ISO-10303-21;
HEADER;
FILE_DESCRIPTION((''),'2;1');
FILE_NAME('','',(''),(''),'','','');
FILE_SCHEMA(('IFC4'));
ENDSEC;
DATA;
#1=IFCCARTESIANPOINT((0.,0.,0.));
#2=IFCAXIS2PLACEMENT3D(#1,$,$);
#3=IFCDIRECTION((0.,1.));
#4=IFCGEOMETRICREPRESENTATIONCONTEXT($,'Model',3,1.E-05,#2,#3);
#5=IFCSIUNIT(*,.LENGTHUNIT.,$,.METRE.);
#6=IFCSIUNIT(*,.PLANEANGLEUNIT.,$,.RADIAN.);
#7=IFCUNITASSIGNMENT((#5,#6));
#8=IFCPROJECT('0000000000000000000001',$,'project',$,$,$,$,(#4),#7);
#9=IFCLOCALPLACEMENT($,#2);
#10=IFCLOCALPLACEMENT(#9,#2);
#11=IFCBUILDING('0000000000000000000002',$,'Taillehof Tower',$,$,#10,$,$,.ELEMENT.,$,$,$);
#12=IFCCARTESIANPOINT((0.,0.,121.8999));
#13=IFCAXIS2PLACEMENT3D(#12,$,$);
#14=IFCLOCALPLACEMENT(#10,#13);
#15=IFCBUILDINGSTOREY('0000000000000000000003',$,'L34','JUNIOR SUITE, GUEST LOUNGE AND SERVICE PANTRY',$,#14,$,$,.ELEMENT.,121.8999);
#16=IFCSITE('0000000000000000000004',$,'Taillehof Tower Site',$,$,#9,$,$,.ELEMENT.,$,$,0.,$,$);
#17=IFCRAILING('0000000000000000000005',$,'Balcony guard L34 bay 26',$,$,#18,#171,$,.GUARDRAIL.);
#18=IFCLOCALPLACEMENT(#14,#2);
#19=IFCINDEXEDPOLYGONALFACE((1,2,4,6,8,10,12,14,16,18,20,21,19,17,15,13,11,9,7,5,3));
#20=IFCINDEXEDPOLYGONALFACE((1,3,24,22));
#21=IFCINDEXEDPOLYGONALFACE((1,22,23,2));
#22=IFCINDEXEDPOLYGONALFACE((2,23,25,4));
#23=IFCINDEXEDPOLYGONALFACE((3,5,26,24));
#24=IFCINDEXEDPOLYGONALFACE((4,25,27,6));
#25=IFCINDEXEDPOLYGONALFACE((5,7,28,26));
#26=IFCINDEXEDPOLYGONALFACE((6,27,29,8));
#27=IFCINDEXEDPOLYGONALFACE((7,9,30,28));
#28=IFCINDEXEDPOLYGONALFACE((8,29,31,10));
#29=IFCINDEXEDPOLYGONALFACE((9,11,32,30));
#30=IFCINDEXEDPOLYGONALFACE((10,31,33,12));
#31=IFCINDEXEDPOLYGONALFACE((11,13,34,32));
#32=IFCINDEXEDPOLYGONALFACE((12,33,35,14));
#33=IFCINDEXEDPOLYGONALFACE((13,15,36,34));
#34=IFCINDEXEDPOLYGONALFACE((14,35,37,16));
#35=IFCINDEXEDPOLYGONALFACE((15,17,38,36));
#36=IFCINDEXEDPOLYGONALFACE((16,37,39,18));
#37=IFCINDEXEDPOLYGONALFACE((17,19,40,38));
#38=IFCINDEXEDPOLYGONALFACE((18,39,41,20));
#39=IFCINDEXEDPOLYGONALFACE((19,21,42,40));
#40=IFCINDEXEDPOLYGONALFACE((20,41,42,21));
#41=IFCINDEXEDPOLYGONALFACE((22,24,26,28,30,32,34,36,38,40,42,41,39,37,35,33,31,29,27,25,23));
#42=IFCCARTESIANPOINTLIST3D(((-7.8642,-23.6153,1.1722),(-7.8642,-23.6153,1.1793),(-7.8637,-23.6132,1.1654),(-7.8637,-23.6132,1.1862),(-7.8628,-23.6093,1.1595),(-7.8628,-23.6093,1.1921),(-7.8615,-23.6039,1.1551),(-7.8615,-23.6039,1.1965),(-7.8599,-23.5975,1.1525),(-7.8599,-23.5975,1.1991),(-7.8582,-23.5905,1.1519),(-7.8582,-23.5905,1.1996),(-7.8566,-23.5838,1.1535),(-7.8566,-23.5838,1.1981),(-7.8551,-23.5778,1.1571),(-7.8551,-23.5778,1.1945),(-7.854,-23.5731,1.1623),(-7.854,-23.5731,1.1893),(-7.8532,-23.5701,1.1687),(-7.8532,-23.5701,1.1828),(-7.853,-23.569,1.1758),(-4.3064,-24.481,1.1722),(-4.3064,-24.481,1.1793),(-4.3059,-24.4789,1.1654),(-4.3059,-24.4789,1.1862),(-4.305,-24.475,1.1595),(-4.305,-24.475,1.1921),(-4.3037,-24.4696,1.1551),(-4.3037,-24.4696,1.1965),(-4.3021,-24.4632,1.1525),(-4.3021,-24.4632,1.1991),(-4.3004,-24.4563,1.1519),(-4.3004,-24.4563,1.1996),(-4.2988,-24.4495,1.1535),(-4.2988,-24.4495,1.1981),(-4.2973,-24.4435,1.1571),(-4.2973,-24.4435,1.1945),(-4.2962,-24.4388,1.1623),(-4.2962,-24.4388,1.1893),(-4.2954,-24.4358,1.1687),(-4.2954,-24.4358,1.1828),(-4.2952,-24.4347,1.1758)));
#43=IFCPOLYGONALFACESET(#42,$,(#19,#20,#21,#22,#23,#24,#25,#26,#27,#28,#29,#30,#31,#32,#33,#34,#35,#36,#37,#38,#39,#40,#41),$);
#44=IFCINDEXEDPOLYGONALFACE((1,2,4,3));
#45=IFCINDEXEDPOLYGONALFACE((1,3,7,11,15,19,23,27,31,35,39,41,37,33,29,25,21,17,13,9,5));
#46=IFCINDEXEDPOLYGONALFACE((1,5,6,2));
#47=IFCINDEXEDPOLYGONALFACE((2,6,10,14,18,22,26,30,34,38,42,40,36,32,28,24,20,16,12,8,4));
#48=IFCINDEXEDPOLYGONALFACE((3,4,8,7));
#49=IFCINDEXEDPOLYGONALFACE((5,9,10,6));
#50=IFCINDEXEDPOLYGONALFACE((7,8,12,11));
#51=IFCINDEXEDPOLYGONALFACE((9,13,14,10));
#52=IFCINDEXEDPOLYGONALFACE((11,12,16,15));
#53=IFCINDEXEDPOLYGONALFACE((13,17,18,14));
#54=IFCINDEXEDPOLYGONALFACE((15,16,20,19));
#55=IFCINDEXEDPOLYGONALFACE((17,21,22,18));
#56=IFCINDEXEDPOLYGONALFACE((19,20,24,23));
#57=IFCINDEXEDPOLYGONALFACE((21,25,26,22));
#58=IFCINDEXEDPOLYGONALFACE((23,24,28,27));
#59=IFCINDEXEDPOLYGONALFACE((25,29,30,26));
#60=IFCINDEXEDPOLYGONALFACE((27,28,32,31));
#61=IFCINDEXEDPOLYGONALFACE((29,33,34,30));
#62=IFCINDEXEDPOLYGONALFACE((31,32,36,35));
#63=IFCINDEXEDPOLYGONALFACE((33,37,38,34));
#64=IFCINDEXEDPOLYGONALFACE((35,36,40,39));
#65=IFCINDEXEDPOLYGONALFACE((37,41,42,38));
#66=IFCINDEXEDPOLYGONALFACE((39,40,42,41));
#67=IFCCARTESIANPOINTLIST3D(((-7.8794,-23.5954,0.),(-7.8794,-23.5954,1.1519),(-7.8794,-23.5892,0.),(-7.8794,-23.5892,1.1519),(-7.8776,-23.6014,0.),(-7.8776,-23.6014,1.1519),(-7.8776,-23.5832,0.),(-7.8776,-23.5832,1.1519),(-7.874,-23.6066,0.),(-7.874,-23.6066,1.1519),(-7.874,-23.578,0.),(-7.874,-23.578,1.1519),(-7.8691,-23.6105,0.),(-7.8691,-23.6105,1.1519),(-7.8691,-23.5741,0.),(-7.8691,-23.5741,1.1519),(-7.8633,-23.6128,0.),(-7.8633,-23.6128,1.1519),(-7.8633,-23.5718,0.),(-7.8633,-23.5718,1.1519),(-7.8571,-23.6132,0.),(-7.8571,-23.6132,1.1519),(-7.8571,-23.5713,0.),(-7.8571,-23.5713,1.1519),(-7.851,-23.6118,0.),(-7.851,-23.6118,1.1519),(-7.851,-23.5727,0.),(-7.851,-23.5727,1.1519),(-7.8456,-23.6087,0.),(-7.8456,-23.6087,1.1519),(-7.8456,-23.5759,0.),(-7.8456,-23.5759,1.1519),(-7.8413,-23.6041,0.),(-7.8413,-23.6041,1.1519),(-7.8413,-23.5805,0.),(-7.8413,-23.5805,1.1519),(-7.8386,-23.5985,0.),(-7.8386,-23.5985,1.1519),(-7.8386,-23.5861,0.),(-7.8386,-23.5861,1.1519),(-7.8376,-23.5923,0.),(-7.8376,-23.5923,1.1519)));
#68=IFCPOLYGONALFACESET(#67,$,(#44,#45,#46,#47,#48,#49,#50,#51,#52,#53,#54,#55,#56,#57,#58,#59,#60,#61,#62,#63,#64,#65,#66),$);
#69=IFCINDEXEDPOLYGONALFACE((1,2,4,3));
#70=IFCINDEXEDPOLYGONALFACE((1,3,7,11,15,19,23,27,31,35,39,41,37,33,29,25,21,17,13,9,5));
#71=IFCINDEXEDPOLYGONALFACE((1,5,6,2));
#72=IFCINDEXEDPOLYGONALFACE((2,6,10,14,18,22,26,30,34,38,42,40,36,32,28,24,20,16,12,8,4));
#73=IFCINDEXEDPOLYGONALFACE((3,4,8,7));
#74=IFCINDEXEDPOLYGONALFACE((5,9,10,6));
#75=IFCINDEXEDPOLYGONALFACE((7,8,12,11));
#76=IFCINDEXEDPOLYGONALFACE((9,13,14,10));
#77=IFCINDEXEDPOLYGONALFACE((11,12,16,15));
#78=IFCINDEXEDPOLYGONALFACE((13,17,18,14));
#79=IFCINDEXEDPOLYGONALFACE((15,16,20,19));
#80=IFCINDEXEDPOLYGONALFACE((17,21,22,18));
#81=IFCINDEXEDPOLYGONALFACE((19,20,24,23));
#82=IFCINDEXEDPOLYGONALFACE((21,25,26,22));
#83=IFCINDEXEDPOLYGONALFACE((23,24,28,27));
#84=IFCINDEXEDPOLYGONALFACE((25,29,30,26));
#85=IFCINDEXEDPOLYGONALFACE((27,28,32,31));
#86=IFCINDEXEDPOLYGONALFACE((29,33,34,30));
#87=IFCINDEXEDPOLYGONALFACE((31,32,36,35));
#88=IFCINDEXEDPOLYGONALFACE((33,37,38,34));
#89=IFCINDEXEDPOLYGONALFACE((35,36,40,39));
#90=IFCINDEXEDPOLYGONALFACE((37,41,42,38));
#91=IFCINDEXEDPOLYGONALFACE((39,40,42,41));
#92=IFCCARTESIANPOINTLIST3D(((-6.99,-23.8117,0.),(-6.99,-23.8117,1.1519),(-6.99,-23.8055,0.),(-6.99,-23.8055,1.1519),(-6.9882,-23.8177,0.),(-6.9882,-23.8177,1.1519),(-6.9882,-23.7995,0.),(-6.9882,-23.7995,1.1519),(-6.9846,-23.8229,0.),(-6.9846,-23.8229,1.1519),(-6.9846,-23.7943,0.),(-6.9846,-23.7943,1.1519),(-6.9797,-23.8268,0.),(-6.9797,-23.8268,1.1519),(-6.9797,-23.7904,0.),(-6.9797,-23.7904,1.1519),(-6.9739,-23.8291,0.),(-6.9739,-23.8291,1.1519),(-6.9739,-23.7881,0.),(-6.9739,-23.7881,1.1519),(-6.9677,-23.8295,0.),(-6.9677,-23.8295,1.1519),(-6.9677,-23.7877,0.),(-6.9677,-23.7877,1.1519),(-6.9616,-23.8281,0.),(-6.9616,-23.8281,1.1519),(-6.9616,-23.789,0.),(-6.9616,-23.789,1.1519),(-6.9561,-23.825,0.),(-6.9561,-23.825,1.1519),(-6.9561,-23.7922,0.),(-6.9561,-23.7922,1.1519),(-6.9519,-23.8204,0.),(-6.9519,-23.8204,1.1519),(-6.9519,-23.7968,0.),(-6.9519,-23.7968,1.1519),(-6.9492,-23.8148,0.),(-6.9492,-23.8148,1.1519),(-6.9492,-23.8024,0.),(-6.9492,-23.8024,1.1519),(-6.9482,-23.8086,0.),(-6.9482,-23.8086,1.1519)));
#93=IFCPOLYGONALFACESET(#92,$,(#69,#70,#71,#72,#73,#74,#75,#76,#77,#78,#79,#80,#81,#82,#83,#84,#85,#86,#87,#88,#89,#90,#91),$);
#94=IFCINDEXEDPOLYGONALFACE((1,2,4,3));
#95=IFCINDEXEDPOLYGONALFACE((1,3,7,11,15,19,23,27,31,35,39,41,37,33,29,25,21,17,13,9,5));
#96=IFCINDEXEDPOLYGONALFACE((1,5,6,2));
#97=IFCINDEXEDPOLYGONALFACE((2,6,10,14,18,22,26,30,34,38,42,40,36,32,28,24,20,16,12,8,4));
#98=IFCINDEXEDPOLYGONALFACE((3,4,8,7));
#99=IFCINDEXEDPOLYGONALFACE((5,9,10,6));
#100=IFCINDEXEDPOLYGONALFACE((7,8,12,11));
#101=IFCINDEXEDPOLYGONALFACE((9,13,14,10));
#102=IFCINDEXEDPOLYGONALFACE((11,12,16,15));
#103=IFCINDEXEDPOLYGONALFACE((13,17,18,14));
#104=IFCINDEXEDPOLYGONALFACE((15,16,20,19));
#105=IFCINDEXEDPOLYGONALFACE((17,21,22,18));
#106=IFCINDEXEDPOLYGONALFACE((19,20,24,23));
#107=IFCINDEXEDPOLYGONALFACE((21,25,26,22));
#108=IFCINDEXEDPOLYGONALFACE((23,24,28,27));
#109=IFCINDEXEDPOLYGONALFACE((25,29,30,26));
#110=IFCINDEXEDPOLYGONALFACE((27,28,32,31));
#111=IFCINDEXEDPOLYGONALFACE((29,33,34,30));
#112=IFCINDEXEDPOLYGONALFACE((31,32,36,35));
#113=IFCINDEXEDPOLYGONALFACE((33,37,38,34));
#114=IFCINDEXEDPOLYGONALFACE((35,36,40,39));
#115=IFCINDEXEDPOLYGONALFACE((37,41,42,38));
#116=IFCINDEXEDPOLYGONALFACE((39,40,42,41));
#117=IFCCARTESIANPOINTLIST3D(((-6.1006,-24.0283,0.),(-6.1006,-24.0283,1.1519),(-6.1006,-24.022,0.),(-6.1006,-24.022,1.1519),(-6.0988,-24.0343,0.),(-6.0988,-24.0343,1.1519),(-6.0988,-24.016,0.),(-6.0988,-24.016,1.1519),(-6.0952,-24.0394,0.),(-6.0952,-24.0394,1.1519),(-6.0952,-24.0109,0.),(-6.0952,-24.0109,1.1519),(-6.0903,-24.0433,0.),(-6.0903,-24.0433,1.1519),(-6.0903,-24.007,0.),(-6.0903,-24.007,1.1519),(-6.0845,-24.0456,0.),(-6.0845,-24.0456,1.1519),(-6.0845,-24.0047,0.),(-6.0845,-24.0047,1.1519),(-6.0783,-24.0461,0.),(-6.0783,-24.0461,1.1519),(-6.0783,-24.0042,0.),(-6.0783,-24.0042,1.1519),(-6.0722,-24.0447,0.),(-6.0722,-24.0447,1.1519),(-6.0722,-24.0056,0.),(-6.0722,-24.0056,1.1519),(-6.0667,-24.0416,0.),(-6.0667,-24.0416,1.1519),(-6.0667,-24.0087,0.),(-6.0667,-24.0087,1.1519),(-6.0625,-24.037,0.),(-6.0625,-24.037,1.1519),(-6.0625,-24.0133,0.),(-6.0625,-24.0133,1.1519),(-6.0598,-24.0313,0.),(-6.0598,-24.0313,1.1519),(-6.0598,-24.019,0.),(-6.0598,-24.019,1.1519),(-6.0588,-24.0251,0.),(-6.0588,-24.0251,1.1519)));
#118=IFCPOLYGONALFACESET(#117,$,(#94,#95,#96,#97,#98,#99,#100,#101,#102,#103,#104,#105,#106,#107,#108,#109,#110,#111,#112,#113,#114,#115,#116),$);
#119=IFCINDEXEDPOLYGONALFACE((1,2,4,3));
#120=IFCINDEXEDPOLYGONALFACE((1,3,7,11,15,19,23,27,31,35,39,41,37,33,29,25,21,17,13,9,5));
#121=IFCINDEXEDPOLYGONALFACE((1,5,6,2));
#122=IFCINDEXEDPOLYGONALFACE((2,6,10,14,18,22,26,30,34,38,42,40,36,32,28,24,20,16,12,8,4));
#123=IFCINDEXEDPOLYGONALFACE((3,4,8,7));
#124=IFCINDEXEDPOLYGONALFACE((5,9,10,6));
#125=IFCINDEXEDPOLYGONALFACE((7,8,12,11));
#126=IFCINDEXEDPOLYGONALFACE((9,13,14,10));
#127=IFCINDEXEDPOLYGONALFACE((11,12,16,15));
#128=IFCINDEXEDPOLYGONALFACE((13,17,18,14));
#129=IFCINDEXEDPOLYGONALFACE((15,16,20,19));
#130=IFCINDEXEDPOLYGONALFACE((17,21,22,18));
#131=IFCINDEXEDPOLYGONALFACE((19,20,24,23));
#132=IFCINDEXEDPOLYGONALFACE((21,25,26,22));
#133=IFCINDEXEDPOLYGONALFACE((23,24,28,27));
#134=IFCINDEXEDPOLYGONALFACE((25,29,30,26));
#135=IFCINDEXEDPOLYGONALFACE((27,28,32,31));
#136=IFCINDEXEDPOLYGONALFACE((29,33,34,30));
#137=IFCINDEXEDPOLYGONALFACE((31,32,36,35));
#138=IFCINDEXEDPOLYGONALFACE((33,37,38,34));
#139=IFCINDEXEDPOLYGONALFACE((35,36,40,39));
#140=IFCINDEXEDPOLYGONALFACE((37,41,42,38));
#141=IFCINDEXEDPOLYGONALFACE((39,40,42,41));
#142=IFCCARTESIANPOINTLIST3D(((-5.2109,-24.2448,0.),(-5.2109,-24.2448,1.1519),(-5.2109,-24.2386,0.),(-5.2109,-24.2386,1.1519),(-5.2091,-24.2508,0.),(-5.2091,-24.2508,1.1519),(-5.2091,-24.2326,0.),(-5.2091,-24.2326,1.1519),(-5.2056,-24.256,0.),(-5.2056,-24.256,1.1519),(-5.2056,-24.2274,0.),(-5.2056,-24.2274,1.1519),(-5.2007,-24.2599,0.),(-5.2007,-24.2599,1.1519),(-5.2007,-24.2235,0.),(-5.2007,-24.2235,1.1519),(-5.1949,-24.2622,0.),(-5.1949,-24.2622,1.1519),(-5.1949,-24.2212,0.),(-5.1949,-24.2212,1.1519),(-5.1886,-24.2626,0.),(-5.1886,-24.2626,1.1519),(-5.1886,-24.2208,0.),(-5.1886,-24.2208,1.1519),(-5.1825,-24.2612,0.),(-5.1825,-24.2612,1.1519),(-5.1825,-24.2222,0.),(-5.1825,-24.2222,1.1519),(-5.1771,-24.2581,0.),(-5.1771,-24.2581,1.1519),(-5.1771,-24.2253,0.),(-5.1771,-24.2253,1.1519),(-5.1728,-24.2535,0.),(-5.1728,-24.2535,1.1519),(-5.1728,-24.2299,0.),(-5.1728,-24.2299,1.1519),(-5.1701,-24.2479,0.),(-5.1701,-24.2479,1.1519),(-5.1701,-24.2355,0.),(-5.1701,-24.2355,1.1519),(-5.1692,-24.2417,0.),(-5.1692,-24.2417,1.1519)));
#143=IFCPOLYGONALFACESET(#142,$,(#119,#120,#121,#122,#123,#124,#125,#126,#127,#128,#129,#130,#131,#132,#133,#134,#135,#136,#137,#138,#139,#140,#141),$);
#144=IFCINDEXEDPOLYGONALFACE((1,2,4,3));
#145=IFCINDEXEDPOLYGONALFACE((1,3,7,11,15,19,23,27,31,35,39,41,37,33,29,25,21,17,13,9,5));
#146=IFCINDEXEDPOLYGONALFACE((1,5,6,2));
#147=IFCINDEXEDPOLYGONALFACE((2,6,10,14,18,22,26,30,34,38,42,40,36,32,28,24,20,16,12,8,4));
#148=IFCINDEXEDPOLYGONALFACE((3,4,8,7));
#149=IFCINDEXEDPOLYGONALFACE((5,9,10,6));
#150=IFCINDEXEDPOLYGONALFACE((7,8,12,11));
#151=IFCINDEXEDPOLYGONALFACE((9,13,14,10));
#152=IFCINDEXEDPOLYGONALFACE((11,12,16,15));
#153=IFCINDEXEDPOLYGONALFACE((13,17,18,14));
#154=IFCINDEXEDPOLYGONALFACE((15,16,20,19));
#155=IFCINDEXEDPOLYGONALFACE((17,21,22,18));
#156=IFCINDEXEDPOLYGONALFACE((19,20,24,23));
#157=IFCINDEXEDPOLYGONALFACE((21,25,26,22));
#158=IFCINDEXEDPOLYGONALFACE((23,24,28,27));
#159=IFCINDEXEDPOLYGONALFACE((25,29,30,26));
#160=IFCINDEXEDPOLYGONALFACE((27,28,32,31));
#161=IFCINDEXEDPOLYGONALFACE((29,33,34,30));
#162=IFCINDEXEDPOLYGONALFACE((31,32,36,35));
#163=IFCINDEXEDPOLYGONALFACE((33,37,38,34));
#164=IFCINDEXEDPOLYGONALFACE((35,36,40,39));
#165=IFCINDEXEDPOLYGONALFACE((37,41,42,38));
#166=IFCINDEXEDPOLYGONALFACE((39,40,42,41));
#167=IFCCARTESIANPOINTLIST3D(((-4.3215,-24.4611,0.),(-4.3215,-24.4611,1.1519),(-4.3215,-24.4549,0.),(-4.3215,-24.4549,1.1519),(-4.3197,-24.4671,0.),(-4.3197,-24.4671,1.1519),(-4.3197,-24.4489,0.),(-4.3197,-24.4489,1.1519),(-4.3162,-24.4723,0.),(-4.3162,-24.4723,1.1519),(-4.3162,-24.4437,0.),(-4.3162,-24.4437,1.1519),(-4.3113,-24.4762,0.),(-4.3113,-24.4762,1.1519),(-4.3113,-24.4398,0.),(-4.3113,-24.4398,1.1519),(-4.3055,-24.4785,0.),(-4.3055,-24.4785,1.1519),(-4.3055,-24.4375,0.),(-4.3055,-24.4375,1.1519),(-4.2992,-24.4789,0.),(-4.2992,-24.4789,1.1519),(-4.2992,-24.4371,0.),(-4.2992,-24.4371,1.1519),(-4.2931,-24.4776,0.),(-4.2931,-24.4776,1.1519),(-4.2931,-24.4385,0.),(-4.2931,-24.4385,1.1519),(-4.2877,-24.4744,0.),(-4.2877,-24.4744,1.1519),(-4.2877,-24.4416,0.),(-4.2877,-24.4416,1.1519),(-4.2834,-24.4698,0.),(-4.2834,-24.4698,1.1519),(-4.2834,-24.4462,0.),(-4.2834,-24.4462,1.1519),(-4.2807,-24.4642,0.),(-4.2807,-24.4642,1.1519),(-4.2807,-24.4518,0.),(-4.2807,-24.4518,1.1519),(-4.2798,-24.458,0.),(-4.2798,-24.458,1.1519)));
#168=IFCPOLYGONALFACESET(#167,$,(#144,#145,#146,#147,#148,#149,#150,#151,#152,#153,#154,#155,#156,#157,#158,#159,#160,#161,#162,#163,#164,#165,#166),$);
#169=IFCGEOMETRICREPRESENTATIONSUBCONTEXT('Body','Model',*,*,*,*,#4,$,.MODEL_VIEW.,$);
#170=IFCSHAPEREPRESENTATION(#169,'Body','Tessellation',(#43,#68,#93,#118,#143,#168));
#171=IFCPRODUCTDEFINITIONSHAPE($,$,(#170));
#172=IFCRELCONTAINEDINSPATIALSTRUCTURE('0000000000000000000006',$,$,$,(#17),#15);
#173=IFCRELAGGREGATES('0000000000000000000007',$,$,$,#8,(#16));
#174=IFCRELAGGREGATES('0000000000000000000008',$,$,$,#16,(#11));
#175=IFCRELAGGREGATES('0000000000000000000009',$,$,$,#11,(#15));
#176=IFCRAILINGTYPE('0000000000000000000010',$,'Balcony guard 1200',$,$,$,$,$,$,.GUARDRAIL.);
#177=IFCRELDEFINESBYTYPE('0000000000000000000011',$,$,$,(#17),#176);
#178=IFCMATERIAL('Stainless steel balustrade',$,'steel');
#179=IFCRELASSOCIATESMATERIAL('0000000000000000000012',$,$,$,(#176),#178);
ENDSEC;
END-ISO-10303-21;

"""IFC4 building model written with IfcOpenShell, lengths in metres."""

from ifc_helpers import new_model, si_unit, direction, frame, origin, origin_2d, place, context, subcontext, project, spatial, circle, extrude, material, type_object, element, save


model = new_model("IFC4")

# Units and contexts
model_context = context("Model", 3, precision=1e-05, world=origin(), true_north=direction((0.0, 1.0)))
body_context = subcontext(model_context, "Body", "Model", "MODEL_VIEW")
ifc_project = project(units=[si_unit("LENGTHUNIT", "METRE"), si_unit("PLANEANGLEUNIT", "RADIAN")], contexts=[model_context])

# Site, building, storey
site_placement = place(None, origin())
site = spatial("IfcSite", under=ifc_project, at=site_placement, Name="Taillehof Tower Site", CompositionType="ELEMENT", RefElevation=0.0)
building_placement = place(site_placement, origin())
building = spatial("IfcBuilding", under=site, at=building_placement, Name="Taillehof Tower", CompositionType="ELEMENT")
storey_placement = place(building_placement, frame((0.0, 0.0, 121.8999)))
storey = spatial("IfcBuildingStorey", under=building, at=storey_placement, Name="L34", Description="JUNIOR SUITE, GUEST LOUNGE AND SERVICE PANTRY", CompositionType="ELEMENT", Elevation=121.8999)

# Railing
ifc_material_1 = material(Name="Stainless steel balustrade", Category="steel")
railing_type = type_object("IfcRailingType", Name="Balcony guard 1200", PredefinedType="GUARDRAIL", material=ifc_material_1)
railing_1_placement = place(storey_placement, frame((-7.8586, -23.5923, 0.0)))
element("IfcRailing", 1, at=railing_1_placement, inside=storey, type_object=railing_type, Name="Balcony guard L34 bay 26", PredefinedType="GUARDRAIL", context=body_context, shape_type="SweptSolid", body=[
    extrude(circle(Radius=0.0239, at=origin_2d()), frame((0.0, 0.0, 1.1758), z_axis=(0.971649, -0.236428, 0.0), x_axis=(0.236428, 0.971649, 0.0)), (0.0, 0.0, 1.0), 3.6616),
    extrude(circle(Radius=0.021, at=origin_2d()), origin(), (0.0, 0.0, 1.0), 1.1519),
    extrude(circle(Radius=0.021, at=origin_2d()), frame((0.8894, -0.2163, 0.0)), (0.0, 0.0, 1.0), 1.1519),
    extrude(circle(Radius=0.021, at=origin_2d()), frame((1.7788, -0.4329, 0.0)), (0.0, 0.0, 1.0), 1.1519),
    extrude(circle(Radius=0.021, at=origin_2d()), frame((2.6685, -0.6494, 0.0)), (0.0, 0.0, 1.0), 1.1519),
    extrude(circle(Radius=0.021, at=origin_2d()), frame((3.5579, -0.8657, 0.0)), (0.0, 0.0, 1.0), 1.1519),
])

save(model, "model.ifc")
